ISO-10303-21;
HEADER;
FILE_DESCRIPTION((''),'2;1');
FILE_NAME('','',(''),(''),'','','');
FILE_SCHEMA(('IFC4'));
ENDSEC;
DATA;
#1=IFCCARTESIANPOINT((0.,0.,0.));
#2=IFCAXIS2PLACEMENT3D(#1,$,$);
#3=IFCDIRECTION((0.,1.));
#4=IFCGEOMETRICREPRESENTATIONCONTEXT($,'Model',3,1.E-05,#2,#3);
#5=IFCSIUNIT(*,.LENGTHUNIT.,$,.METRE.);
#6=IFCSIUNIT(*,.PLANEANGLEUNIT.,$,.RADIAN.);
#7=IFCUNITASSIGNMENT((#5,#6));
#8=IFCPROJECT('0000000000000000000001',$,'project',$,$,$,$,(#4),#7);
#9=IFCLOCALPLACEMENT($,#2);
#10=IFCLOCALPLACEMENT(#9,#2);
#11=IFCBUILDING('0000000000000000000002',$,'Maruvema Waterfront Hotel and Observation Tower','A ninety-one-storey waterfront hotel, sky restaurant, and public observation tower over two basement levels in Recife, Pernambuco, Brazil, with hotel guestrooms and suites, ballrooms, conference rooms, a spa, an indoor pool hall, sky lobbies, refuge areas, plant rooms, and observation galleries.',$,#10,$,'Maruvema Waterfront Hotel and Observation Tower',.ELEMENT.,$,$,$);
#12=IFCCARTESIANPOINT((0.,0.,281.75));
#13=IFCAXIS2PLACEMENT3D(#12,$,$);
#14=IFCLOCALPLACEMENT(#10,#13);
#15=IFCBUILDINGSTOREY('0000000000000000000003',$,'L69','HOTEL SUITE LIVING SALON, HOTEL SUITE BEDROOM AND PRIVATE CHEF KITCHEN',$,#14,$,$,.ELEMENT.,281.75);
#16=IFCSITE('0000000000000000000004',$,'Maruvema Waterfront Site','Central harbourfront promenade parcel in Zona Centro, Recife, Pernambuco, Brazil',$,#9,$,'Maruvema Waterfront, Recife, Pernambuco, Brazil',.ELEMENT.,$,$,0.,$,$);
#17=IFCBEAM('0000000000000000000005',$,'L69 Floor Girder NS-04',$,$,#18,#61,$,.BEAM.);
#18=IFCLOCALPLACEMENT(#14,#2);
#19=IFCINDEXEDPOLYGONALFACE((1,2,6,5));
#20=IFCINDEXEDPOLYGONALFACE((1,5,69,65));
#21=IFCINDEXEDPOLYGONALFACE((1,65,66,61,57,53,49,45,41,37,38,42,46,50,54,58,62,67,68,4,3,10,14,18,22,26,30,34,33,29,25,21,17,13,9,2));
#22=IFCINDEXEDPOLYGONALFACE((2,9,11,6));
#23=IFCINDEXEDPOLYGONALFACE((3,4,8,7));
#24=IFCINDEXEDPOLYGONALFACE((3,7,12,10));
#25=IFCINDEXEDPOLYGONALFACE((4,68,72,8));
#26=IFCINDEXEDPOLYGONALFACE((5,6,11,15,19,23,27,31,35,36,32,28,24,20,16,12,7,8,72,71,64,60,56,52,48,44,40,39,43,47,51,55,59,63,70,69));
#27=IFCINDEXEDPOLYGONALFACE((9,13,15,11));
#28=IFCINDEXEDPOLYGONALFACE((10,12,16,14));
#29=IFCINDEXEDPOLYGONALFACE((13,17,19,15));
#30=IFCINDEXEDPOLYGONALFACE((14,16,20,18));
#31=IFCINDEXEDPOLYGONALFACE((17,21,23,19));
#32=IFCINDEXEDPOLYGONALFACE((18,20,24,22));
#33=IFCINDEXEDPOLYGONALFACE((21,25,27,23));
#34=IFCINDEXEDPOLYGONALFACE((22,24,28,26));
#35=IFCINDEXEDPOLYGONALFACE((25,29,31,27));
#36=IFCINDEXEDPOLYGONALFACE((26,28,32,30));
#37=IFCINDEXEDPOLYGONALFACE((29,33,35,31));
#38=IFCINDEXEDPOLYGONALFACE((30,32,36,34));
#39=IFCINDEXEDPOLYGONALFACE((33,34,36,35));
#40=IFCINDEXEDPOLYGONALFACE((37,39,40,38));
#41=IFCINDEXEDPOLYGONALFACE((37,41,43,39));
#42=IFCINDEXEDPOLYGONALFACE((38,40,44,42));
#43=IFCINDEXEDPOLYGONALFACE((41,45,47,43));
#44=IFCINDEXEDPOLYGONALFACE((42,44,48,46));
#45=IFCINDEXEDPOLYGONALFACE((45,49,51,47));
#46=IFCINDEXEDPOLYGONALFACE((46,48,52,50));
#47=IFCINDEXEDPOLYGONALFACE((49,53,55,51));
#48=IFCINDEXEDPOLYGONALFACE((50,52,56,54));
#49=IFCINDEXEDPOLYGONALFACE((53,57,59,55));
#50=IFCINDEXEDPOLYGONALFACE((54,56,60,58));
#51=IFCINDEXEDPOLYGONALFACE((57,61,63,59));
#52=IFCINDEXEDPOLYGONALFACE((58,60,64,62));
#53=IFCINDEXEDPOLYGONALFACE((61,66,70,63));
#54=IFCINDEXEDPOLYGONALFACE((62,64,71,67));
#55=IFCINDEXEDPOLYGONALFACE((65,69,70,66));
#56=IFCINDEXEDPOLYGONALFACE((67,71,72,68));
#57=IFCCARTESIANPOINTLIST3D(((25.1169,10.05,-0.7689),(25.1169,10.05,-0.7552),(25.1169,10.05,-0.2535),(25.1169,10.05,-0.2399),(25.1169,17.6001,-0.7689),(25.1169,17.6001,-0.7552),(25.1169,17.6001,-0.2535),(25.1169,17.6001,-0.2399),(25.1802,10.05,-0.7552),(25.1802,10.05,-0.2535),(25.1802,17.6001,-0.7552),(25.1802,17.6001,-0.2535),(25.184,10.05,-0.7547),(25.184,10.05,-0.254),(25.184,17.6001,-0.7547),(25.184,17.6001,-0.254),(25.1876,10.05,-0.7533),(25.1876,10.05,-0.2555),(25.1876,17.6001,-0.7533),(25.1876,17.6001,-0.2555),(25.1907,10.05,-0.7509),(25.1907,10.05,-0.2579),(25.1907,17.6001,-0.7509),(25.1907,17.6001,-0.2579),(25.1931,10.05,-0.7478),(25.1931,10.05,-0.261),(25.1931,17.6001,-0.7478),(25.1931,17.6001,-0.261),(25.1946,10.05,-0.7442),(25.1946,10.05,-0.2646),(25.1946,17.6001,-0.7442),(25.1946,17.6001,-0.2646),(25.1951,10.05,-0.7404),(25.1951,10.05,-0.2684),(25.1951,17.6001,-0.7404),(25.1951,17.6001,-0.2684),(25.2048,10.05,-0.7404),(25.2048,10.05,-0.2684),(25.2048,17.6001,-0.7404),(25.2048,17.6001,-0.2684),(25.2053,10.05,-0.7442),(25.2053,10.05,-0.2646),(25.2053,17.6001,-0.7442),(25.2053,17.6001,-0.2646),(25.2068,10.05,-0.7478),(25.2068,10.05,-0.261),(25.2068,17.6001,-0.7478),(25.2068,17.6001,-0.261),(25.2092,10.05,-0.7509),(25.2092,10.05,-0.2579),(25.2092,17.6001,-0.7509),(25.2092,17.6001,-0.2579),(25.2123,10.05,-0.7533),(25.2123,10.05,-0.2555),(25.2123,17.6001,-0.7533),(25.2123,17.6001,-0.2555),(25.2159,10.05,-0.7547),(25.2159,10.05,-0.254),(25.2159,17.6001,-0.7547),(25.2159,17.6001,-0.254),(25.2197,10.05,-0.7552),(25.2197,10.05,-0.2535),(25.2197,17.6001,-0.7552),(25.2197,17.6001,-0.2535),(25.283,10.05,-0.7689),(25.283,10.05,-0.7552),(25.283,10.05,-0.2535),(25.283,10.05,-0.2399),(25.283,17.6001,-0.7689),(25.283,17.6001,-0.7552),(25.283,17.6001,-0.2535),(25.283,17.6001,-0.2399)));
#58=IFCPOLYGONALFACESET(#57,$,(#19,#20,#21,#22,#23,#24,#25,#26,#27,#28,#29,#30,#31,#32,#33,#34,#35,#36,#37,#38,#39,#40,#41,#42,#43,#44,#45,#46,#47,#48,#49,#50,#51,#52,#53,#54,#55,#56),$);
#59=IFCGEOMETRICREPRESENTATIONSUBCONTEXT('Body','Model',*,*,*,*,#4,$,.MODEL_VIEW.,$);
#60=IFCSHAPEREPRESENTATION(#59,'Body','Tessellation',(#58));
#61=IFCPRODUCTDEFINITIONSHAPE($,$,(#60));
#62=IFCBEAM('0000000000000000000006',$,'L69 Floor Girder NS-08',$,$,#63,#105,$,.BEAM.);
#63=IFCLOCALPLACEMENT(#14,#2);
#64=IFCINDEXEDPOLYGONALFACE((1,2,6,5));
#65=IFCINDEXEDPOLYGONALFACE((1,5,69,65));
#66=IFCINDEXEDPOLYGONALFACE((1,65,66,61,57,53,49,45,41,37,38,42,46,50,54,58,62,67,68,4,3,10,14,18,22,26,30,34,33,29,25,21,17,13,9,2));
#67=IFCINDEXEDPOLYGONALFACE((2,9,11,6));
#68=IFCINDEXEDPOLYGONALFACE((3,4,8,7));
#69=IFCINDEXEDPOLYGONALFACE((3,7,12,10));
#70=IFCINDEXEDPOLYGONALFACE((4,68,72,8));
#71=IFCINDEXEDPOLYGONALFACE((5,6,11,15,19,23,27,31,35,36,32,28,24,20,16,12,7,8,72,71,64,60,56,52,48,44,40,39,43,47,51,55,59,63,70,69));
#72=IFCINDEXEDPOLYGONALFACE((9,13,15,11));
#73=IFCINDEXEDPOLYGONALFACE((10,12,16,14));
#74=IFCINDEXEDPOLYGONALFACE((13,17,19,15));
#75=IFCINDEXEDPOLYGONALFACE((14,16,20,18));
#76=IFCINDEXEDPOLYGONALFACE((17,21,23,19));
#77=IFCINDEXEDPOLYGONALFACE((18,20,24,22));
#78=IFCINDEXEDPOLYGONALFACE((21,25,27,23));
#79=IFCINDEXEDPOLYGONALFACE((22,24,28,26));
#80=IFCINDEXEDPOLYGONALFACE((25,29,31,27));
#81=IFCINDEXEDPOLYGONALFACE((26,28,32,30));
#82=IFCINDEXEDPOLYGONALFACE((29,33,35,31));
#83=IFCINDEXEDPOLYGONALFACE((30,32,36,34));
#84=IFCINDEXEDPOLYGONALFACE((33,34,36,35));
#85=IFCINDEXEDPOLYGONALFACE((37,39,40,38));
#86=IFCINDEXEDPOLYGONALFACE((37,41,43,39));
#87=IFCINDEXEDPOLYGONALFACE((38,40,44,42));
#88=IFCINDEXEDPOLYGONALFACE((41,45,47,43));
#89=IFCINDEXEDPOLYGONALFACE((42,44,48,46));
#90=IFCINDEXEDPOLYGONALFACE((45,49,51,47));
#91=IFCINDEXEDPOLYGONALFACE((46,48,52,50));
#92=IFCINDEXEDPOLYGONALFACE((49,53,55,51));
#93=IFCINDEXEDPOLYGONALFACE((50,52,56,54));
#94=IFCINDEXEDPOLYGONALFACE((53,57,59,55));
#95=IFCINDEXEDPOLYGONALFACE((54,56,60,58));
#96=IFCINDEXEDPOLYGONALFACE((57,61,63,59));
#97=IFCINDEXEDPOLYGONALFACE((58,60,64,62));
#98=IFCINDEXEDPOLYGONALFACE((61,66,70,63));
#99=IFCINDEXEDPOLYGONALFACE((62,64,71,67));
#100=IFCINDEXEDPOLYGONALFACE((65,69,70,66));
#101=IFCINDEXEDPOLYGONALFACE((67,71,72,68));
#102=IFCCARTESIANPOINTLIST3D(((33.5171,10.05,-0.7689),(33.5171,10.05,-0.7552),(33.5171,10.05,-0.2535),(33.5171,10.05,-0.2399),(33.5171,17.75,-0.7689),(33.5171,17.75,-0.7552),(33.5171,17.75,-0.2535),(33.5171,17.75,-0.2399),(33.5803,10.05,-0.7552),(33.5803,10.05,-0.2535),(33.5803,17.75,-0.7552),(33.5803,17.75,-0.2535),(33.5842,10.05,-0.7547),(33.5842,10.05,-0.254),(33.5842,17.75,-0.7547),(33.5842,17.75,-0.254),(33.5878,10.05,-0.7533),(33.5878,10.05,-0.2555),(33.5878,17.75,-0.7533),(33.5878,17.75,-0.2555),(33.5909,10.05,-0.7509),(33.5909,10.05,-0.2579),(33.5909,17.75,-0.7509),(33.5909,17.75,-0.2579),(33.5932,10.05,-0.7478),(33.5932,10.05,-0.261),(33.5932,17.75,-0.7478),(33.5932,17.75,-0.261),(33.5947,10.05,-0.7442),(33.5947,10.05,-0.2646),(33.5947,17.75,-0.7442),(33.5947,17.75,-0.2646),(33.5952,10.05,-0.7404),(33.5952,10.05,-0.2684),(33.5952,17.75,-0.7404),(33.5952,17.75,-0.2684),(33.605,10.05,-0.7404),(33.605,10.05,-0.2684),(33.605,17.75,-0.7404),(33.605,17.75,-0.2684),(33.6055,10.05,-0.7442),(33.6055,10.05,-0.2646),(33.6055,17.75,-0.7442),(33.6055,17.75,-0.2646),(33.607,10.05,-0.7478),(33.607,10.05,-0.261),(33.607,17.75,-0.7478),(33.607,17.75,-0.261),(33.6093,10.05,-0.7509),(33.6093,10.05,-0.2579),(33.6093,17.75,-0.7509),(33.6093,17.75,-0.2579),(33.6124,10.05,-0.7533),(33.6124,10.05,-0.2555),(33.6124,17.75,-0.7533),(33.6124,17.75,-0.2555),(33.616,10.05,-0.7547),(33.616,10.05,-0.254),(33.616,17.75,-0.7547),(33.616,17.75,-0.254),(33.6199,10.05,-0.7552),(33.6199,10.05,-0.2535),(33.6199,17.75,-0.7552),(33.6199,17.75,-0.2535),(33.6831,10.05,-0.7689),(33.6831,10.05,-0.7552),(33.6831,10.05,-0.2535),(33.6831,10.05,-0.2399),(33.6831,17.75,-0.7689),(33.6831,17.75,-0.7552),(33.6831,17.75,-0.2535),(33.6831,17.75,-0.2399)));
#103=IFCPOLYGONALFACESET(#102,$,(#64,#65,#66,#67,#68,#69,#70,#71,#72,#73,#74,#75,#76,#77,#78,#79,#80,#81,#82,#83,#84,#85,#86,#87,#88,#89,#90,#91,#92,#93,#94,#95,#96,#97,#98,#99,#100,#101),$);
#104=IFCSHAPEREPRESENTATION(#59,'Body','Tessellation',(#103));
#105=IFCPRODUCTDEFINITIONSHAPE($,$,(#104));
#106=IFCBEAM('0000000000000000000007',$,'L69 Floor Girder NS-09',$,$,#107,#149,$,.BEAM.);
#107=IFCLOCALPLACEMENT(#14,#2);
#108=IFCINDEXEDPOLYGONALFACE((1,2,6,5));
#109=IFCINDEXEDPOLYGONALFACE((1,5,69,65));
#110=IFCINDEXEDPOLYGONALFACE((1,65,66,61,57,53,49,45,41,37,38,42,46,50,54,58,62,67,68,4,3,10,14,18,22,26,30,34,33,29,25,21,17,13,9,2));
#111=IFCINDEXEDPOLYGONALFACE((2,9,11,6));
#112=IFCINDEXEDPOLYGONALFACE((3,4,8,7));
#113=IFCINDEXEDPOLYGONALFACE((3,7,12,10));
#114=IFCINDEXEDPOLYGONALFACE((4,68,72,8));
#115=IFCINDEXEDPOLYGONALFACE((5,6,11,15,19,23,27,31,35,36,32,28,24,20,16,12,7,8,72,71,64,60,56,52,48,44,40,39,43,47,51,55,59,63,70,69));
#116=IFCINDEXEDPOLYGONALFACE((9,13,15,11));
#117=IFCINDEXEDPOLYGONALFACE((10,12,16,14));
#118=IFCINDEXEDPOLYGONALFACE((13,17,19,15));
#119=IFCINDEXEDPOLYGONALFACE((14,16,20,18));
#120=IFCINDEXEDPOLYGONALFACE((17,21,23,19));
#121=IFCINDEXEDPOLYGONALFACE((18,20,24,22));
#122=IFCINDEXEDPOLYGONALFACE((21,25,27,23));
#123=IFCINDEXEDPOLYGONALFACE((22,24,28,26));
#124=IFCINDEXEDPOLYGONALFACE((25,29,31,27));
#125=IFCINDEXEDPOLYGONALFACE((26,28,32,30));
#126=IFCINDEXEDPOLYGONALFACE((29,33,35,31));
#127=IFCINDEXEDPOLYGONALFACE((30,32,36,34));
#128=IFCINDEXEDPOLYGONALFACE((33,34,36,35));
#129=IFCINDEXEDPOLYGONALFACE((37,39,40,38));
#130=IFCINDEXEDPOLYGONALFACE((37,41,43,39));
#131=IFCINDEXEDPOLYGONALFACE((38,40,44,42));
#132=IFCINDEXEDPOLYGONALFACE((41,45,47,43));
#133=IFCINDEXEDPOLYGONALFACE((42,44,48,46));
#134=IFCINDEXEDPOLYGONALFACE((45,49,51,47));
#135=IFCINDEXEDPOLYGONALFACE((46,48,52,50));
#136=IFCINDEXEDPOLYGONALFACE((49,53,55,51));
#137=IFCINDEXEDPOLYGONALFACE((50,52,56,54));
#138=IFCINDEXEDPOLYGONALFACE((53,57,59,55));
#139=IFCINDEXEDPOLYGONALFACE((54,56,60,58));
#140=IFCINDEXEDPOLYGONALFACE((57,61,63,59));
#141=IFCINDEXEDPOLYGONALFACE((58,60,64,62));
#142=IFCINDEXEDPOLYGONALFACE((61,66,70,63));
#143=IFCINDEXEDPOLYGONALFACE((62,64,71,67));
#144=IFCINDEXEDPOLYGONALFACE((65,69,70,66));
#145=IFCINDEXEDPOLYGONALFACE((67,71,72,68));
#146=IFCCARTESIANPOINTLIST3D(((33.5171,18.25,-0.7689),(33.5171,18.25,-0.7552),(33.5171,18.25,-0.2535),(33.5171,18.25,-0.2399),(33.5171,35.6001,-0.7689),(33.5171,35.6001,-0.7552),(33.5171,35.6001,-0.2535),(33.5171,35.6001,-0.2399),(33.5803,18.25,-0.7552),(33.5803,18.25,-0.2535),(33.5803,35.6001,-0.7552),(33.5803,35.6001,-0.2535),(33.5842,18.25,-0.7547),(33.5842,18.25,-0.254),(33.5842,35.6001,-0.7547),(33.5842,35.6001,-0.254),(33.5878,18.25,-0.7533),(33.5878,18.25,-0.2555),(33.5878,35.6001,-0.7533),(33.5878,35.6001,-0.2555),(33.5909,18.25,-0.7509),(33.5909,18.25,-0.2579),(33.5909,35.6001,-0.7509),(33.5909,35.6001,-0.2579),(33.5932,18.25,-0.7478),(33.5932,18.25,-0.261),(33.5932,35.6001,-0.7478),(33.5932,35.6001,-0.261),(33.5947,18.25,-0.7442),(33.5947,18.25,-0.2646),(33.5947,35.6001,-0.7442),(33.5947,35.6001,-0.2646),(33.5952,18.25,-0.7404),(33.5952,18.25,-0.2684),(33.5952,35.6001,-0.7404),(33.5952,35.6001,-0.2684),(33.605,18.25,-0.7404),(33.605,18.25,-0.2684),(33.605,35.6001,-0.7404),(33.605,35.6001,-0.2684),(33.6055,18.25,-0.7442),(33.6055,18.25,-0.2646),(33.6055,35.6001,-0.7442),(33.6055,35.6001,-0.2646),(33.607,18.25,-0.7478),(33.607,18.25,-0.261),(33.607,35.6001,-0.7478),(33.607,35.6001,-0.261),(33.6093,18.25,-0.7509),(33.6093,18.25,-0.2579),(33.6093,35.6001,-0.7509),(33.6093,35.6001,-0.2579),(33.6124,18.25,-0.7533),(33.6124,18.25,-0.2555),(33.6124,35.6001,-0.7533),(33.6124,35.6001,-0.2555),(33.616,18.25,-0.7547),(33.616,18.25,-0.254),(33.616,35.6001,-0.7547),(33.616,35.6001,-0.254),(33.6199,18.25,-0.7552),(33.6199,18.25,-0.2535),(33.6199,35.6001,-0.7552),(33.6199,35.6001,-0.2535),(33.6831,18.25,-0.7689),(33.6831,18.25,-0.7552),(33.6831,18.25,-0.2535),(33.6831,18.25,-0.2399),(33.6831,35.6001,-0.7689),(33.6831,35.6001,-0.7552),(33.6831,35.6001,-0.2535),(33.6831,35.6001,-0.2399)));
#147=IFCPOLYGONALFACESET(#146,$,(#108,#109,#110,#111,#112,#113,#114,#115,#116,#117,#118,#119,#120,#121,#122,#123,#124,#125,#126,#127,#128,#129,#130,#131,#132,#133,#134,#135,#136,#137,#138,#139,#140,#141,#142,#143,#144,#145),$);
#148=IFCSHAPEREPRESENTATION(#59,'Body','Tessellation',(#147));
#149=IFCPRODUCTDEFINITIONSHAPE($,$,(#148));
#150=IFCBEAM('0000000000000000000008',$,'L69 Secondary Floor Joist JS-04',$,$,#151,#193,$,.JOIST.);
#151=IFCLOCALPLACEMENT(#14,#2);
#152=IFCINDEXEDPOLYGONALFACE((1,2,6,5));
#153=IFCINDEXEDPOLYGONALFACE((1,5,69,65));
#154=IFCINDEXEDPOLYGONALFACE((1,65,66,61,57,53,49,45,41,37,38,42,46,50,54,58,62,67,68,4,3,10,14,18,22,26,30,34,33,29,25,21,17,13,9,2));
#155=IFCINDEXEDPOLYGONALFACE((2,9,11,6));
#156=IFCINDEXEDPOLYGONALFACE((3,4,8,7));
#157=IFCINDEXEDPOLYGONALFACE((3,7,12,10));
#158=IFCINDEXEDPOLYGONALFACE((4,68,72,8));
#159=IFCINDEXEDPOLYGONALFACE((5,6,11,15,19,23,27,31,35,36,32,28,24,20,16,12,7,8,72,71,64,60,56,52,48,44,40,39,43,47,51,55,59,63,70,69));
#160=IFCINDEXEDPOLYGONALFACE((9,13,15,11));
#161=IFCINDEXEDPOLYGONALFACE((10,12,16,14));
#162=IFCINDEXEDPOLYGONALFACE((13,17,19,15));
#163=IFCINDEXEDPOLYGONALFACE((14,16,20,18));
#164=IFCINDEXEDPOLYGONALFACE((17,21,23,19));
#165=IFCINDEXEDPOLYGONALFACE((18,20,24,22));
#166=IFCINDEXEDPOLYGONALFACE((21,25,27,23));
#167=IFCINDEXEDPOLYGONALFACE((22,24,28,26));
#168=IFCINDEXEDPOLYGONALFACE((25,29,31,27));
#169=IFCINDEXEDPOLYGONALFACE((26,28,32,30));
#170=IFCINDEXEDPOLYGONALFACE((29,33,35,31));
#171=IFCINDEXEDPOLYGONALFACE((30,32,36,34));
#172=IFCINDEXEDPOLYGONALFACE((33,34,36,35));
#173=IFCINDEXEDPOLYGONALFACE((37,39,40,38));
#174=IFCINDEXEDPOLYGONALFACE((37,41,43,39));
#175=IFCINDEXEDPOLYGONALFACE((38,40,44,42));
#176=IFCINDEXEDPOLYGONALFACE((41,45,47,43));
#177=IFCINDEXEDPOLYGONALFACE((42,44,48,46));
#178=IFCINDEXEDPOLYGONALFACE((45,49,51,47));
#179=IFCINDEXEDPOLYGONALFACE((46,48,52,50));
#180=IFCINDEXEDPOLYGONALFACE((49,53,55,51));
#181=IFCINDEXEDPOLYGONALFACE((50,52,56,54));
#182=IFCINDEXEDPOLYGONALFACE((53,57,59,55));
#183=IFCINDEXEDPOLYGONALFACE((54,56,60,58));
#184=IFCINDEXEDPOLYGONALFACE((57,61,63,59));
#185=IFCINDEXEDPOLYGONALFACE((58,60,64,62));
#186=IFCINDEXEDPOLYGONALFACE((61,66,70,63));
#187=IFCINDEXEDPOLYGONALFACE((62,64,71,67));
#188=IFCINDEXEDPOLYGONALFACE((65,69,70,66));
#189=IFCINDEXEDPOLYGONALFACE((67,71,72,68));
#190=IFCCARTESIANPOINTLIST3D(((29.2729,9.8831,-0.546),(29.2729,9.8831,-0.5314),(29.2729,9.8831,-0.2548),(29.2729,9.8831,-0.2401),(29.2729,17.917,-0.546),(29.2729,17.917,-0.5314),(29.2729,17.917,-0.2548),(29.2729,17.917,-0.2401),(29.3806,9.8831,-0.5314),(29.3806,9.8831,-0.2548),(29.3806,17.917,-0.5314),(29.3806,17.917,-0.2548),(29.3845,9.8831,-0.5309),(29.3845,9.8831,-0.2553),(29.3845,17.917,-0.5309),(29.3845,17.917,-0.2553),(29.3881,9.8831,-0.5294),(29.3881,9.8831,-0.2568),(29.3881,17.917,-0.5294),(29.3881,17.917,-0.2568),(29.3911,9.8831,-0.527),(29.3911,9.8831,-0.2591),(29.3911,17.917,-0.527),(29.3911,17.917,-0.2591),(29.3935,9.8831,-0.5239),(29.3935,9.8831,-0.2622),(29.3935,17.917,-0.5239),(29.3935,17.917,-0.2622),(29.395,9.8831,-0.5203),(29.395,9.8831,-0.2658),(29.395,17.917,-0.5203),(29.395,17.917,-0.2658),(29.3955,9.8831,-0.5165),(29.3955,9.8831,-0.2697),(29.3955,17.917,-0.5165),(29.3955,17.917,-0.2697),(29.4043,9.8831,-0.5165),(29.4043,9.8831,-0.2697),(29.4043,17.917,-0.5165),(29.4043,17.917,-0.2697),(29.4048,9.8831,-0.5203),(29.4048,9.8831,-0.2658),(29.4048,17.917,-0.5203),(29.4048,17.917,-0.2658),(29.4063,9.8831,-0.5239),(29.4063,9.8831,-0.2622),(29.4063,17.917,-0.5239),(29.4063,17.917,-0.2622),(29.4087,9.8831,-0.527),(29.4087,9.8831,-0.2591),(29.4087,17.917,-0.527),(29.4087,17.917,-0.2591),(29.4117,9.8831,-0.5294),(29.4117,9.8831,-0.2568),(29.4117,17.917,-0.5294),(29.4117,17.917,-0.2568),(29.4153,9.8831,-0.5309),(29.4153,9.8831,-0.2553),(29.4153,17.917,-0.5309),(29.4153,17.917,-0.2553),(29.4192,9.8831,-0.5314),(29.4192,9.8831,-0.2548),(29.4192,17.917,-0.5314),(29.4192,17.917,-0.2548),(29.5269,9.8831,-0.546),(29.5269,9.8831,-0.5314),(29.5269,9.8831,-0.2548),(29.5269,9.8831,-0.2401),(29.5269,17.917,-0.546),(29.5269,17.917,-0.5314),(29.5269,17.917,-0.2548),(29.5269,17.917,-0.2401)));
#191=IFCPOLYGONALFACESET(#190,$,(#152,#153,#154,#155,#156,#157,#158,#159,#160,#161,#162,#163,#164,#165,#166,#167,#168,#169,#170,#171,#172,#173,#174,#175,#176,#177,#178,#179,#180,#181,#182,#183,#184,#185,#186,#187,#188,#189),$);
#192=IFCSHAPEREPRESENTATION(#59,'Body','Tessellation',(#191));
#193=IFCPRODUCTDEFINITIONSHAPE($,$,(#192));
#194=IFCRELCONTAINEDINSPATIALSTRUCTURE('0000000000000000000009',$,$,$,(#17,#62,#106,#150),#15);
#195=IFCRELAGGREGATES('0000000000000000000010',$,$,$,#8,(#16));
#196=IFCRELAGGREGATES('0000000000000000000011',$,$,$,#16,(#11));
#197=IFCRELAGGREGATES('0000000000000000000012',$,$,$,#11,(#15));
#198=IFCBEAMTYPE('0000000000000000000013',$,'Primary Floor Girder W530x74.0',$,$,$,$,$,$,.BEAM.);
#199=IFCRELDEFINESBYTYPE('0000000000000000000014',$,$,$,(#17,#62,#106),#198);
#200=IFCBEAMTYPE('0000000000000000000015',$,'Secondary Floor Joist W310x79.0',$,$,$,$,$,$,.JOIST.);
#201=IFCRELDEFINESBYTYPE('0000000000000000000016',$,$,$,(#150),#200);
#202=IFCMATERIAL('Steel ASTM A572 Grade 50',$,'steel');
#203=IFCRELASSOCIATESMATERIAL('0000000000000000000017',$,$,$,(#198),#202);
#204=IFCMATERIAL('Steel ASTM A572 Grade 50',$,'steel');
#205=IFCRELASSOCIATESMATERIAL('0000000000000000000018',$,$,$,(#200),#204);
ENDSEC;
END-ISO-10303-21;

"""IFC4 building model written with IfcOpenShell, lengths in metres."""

from ifc_helpers import new_model, si_unit, direction, frame, origin, origin_2d, place, context, subcontext, project, spatial, i_section, extrude, material, material_profile, profile_set, type_object, element, save


model = new_model("IFC4")

# Units and contexts
model_context = context("Model", 3, precision=1e-05, world=origin(), true_north=direction((0.0, 1.0)))
body_context = subcontext(model_context, "Body", "Model", "MODEL_VIEW")
ifc_project = project(units=[si_unit("LENGTHUNIT", "METRE"), si_unit("PLANEANGLEUNIT", "RADIAN")], contexts=[model_context])

# Site, building, storey
site_placement = place(None, origin())
site = spatial("IfcSite", under=ifc_project, at=site_placement, Name="Maruvema Waterfront Site", Description="Central harbourfront promenade parcel in Zona Centro, Recife, Pernambuco, Brazil", LongName="Maruvema Waterfront, Recife, Pernambuco, Brazil", CompositionType="ELEMENT", RefElevation=0.0)
building_placement = place(site_placement, origin())
building = spatial("IfcBuilding", under=site, at=building_placement, Name="Maruvema Waterfront Hotel and Observation Tower", Description="A ninety-one-storey waterfront hotel, sky restaurant, and public observation tower over two basement levels in Recife, Pernambuco, Brazil, with hotel guestrooms and suites, ballrooms, conference rooms, a spa, an indoor pool hall, sky lobbies, refuge areas, plant rooms, and observation galleries.", LongName="Maruvema Waterfront Hotel and Observation Tower", CompositionType="ELEMENT")
storey_placement = place(building_placement, frame((0.0, 0.0, 281.75)))
storey = spatial("IfcBuildingStorey", under=building, at=storey_placement, Name="L69", Description="HOTEL SUITE LIVING SALON, HOTEL SUITE BEDROOM AND PRIVATE CHEF KITCHEN", CompositionType="ELEMENT", Elevation=281.75)

# Beams
ifc_material_1 = material(Name="Steel ASTM A572 Grade 50", Category="steel")
ifc_material_profile_1 = material_profile(ifc_material_1, i_section(OverallWidth=0.166, OverallDepth=0.5291, WebThickness=0.0098, FlangeThickness=0.0137, FilletRadius=0.0149, at=origin_2d()), Name="W530x74.0")
ifc_profile_set_1 = profile_set([ifc_material_profile_1], Name="Steel ASTM A572 Grade 50")
beam_type_1 = type_object("IfcBeamType", Name="Primary Floor Girder W530x74.0", PredefinedType="BEAM", material=ifc_profile_set_1)
beam_1_placement = place(storey_placement, frame((25.2, 10.05, -0.5044), z_axis=(0.0, 1.0, 0.0), x_axis=(-1.0, 0.0, 0.0)))
element("IfcBeam", 1, at=beam_1_placement, inside=storey, type_object=beam_type_1, Name="L69 Floor Girder NS-04", PredefinedType="BEAM", context=body_context, shape_type="SweptSolid", body=[
    extrude(i_section(OverallWidth=0.166, OverallDepth=0.5291, WebThickness=0.0098, FlangeThickness=0.0137, FilletRadius=0.0149, at=origin_2d()), origin(), (0.0, 0.0, 1.0), 7.55),
])
beam_2_placement = place(storey_placement, frame((33.6001, 10.05, -0.5044), z_axis=(0.0, 1.0, 0.0), x_axis=(-1.0, 0.0, 0.0)))
element("IfcBeam", 2, at=beam_2_placement, inside=storey, type_object=beam_type_1, Name="L69 Floor Girder NS-08", PredefinedType="BEAM", context=body_context, shape_type="SweptSolid", body=[
    extrude(i_section(OverallWidth=0.166, OverallDepth=0.5291, WebThickness=0.0098, FlangeThickness=0.0137, FilletRadius=0.0149, at=origin_2d()), origin(), (0.0, 0.0, 1.0), 7.7),
])
beam_3_placement = place(storey_placement, frame((33.6001, 18.25, -0.5044), z_axis=(0.0, 1.0, 0.0), x_axis=(-1.0, 0.0, 0.0)))
element("IfcBeam", 3, at=beam_3_placement, inside=storey, type_object=beam_type_1, Name="L69 Floor Girder NS-09", PredefinedType="BEAM", context=body_context, shape_type="SweptSolid", body=[
    extrude(i_section(OverallWidth=0.166, OverallDepth=0.5291, WebThickness=0.0098, FlangeThickness=0.0137, FilletRadius=0.0149, at=origin_2d()), origin(), (0.0, 0.0, 1.0), 17.3501),
])
ifc_material_2 = material(Name="Steel ASTM A572 Grade 50", Category="steel")
ifc_material_profile_2 = material_profile(ifc_material_2, i_section(OverallWidth=0.2539, OverallDepth=0.3059, WebThickness=0.0088, FlangeThickness=0.0146, FilletRadius=0.0149, at=origin_2d()), Name="W310x79.0")
ifc_profile_set_2 = profile_set([ifc_material_profile_2], Name="Steel ASTM A572 Grade 50")
beam_type_2 = type_object("IfcBeamType", Name="Secondary Floor Joist W310x79.0", PredefinedType="JOIST", material=ifc_profile_set_2)
beam_4_placement = place(storey_placement, frame((29.3999, 9.8831, -0.3931), z_axis=(0.0, 1.0, 0.0), x_axis=(-1.0, 0.0, 0.0)))
element("IfcBeam", 4, at=beam_4_placement, inside=storey, type_object=beam_type_2, Name="L69 Secondary Floor Joist JS-04", PredefinedType="JOIST", context=body_context, shape_type="SweptSolid", body=[
    extrude(i_section(OverallWidth=0.2539, OverallDepth=0.3059, WebThickness=0.0088, FlangeThickness=0.0146, FilletRadius=0.0149, at=origin_2d()), origin(), (0.0, 0.0, 1.0), 8.0339),
])

save(model, "model.ifc")
